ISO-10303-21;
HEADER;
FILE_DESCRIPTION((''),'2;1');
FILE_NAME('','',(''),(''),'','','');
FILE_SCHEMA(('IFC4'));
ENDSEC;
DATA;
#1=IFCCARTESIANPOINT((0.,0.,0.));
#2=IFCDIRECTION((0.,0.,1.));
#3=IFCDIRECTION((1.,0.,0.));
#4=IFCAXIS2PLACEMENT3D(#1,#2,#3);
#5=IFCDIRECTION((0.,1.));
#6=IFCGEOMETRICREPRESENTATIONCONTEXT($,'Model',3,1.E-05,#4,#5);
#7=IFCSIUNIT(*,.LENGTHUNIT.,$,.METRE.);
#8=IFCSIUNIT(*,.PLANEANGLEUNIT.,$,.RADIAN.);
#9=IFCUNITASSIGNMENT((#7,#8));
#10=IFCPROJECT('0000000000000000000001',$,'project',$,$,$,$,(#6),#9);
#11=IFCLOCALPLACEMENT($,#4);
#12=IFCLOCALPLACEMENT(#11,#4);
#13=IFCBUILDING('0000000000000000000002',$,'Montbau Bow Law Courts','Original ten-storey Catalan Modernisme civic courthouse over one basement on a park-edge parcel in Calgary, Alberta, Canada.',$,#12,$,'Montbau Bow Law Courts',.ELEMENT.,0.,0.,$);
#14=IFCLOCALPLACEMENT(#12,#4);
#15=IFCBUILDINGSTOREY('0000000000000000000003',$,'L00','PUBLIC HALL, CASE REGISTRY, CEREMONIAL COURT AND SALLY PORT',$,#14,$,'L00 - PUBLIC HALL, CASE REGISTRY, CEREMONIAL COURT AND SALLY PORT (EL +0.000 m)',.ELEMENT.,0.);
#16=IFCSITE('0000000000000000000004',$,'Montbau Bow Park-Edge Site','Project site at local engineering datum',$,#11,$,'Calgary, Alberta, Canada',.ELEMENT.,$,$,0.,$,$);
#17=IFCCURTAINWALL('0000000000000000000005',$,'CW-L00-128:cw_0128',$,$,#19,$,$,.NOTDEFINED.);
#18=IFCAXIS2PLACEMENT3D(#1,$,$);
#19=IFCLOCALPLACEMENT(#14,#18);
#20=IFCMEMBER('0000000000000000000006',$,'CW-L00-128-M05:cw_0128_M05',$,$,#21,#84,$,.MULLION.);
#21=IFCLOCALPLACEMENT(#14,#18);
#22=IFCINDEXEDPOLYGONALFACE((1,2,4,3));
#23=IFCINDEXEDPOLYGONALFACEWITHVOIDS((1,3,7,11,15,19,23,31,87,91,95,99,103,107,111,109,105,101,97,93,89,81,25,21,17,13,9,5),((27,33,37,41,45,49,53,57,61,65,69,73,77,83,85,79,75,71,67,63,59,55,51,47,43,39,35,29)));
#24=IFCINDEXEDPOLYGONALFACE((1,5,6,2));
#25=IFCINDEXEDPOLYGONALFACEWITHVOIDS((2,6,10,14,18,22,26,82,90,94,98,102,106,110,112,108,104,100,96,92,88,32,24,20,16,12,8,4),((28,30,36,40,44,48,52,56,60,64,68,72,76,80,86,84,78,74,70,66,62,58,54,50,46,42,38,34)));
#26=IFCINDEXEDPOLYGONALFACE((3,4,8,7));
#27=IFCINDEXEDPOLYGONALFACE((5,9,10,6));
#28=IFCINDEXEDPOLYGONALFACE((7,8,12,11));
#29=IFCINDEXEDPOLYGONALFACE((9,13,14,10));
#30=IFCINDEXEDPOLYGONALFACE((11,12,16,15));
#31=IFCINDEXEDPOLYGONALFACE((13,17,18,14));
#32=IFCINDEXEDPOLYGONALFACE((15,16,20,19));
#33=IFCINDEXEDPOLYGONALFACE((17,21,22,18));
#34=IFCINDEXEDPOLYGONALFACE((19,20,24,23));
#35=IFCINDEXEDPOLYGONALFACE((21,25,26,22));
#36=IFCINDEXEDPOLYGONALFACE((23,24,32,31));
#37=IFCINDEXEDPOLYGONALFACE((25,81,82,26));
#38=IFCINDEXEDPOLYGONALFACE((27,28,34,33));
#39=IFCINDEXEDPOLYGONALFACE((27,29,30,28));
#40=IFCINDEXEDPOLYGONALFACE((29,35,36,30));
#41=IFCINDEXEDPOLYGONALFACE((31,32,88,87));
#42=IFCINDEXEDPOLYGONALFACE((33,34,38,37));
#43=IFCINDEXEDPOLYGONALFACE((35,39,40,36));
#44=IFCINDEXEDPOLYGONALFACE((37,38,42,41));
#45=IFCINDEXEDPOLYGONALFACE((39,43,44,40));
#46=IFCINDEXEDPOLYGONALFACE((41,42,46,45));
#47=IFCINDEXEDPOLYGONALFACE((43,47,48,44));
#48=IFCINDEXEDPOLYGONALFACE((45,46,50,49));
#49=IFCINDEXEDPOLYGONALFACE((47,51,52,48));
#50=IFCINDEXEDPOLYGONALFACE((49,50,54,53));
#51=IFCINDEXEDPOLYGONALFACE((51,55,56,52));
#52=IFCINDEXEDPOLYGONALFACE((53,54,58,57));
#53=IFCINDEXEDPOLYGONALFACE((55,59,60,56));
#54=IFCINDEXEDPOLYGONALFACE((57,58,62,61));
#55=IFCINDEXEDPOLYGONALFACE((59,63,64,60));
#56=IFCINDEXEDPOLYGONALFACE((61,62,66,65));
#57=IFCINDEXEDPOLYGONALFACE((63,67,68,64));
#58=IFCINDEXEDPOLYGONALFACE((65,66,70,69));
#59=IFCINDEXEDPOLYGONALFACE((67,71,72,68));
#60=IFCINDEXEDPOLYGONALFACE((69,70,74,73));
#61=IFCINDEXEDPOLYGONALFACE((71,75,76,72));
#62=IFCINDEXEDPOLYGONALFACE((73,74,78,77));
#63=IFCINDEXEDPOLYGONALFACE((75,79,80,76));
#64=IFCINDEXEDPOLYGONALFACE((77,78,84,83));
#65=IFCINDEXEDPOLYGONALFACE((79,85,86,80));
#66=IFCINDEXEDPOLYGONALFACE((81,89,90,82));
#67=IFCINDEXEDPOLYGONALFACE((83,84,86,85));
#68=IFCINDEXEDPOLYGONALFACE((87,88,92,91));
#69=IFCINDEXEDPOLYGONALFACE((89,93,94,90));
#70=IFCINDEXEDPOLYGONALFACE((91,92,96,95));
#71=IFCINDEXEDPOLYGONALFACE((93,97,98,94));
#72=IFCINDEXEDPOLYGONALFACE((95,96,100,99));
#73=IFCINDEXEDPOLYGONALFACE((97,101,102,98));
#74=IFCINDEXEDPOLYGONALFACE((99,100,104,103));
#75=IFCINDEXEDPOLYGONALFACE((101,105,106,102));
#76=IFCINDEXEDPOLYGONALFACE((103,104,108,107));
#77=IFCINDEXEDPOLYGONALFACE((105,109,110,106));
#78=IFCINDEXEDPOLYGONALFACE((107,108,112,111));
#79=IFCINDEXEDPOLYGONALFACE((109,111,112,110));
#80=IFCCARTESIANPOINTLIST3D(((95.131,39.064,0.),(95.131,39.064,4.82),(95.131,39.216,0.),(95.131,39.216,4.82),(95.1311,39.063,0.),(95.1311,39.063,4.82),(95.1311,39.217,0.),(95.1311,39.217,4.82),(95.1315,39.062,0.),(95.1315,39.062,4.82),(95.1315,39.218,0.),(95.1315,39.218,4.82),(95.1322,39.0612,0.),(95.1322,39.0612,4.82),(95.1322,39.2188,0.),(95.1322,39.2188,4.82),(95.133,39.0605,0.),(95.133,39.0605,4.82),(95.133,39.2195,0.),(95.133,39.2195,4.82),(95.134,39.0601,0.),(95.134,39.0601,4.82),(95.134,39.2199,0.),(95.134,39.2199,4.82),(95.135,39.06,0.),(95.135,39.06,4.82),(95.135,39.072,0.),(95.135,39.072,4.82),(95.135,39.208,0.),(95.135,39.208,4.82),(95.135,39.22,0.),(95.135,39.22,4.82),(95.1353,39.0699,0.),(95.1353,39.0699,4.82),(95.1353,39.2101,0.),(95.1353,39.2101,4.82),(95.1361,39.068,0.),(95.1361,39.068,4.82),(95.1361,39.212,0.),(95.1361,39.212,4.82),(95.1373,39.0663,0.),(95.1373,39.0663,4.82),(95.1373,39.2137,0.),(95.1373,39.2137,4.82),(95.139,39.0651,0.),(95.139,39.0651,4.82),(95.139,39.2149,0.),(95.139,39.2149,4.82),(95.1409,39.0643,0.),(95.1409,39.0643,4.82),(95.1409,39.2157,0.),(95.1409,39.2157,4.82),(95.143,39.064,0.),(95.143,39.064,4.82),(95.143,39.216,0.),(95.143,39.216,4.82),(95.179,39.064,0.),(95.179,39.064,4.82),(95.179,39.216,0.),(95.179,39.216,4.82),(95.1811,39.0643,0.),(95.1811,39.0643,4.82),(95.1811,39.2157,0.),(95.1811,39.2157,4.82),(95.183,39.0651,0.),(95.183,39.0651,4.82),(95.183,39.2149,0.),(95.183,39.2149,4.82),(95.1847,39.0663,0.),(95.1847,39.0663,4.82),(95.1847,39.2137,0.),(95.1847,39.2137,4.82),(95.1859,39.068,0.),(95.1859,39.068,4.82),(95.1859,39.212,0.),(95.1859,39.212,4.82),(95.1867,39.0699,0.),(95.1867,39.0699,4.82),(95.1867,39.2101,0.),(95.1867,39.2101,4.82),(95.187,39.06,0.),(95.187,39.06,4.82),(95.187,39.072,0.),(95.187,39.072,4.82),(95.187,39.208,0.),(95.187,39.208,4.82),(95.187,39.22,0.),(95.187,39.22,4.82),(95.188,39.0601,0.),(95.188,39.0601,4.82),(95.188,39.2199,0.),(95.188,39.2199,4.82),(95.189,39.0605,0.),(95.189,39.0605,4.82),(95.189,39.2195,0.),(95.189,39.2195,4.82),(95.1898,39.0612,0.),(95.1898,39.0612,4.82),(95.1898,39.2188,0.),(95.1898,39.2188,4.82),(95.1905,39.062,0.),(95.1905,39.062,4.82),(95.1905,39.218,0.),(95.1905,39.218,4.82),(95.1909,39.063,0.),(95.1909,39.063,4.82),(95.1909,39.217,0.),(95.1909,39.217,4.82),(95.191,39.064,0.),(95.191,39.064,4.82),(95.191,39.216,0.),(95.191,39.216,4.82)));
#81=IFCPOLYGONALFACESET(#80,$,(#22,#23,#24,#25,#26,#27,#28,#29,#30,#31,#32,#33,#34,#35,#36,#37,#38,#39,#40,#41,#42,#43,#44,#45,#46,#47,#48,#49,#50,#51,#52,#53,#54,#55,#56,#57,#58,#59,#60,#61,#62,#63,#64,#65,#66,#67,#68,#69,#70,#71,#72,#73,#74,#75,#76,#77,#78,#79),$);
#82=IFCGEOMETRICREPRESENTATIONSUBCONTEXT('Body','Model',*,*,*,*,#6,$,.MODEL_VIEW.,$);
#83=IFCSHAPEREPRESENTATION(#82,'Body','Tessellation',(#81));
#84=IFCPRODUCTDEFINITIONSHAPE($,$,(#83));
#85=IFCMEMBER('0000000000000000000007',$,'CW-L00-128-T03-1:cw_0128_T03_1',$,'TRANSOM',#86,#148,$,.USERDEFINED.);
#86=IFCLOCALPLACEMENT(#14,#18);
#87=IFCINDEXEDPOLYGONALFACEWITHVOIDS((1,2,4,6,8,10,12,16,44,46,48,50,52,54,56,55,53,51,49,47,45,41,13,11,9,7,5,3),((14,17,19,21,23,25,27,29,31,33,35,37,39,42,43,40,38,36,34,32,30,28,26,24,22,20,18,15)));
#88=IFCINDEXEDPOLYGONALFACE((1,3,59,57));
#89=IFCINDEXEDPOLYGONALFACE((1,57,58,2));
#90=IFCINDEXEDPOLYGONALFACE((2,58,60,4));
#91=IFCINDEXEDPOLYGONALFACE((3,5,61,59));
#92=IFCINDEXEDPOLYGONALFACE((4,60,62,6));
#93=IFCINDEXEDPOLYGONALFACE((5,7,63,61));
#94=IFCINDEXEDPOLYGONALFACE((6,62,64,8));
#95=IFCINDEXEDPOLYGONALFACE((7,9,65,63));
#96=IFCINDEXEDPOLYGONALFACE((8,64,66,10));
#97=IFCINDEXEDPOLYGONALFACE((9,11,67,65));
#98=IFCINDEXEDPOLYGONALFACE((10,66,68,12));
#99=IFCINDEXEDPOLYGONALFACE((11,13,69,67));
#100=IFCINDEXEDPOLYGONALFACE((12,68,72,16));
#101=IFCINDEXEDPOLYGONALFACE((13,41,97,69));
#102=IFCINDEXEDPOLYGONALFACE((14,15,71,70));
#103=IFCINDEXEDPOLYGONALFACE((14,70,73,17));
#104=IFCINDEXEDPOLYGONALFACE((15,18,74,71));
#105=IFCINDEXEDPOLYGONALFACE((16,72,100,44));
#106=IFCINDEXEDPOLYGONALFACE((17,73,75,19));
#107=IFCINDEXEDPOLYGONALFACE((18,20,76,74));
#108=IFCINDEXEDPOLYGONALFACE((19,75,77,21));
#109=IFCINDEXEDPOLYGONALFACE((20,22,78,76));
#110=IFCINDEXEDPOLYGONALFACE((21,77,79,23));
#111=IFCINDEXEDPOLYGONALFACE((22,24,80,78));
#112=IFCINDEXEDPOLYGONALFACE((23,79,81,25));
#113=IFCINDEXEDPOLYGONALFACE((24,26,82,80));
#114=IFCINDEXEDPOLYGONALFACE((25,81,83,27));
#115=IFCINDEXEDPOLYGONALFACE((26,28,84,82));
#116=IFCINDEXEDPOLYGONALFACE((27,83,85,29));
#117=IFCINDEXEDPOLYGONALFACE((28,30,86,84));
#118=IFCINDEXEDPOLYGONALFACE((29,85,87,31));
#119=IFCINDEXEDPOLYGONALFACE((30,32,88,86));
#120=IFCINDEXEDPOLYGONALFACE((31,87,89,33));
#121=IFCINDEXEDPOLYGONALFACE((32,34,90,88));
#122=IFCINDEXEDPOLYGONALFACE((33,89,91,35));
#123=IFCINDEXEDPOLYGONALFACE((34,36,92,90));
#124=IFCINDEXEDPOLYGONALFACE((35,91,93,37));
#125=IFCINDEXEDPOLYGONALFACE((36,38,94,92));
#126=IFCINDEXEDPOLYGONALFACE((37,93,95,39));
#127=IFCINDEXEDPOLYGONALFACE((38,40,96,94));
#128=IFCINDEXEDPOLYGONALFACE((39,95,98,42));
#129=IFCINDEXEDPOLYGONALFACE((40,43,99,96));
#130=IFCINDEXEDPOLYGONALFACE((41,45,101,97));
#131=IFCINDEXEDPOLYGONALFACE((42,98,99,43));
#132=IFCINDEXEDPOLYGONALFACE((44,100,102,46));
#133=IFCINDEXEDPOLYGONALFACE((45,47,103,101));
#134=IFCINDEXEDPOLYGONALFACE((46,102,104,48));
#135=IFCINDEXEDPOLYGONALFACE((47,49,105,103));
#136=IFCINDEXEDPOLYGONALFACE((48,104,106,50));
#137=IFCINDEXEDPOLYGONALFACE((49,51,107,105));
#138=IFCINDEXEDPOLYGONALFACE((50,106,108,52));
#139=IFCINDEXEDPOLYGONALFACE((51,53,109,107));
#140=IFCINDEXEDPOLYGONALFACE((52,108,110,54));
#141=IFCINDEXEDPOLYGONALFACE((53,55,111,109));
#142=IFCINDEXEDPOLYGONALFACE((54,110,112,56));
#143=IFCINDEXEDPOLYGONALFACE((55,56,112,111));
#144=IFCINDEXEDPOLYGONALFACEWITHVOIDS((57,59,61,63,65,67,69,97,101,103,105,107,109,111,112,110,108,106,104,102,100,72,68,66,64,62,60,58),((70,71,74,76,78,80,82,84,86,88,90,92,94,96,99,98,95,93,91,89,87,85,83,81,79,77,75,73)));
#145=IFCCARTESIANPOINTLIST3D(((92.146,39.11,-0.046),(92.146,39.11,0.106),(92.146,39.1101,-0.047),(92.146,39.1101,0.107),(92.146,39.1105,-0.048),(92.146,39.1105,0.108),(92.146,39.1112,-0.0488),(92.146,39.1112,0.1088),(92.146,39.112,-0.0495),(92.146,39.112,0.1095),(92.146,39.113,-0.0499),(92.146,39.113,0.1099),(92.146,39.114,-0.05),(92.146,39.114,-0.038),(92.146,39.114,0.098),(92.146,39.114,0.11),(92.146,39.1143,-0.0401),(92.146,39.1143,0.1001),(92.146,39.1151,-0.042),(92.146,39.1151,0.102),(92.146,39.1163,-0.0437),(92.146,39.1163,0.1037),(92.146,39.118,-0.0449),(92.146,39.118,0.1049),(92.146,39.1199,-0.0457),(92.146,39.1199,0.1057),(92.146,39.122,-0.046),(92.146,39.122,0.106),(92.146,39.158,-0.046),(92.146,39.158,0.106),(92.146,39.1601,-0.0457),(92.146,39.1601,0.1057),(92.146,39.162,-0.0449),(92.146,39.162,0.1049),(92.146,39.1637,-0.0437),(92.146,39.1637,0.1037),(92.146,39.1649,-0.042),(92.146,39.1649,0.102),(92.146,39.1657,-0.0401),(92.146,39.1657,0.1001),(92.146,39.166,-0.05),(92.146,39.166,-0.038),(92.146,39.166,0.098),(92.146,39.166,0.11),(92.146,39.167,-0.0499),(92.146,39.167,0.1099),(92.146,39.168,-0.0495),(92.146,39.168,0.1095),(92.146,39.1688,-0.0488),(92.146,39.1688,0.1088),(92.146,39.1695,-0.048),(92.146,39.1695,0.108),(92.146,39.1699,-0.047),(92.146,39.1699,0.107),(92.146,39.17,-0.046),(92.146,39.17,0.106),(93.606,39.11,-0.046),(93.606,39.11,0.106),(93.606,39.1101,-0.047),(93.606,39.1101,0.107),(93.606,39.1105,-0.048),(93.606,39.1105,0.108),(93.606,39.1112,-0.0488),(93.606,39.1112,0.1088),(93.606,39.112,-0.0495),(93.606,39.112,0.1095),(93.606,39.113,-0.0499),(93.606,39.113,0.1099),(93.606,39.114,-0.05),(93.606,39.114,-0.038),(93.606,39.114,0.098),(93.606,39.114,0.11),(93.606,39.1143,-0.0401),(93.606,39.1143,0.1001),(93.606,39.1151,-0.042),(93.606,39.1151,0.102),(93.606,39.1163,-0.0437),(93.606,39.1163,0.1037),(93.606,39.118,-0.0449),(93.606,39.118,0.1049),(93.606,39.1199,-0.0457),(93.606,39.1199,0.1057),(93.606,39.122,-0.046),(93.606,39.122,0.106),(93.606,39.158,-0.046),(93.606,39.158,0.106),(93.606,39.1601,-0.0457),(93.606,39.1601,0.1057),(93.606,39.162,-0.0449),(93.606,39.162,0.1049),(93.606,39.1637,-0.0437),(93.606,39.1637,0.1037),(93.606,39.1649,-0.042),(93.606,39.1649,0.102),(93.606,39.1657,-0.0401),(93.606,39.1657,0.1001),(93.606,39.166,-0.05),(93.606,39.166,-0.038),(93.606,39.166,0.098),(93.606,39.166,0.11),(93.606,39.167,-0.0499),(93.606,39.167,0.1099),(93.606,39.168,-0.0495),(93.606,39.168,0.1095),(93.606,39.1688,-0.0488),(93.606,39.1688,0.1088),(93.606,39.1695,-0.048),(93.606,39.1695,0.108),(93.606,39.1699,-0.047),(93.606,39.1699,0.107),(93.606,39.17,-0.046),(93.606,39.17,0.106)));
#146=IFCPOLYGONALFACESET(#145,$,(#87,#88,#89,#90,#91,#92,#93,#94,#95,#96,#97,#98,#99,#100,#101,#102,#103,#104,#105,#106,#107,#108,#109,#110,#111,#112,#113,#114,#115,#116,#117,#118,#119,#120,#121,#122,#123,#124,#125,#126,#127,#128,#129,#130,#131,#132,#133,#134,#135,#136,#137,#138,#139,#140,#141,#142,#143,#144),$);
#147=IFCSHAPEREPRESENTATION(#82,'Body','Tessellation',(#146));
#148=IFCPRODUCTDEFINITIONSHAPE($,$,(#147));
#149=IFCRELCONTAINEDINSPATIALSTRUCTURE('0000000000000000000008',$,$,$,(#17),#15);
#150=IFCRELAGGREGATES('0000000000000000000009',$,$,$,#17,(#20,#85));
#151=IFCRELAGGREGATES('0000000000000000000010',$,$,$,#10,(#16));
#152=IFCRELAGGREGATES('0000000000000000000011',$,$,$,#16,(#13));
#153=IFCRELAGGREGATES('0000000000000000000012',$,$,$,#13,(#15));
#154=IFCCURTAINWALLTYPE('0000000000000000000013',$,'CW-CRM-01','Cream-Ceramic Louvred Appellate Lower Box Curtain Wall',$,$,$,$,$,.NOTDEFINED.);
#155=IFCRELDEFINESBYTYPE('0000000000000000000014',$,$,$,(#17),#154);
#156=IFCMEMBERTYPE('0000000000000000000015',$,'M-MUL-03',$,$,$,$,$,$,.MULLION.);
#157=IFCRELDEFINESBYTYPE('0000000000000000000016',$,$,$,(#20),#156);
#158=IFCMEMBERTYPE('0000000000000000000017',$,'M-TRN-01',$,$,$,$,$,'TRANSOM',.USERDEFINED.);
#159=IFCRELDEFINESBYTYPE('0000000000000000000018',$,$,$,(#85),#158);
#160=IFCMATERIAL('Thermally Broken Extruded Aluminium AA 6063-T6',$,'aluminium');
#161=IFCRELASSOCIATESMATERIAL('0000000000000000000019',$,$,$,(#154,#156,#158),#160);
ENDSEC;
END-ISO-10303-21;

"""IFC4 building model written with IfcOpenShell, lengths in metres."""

from ifc_helpers import new_model, si_unit, direction, frame, origin_with_axes, origin_2d_with_axis, place, context, subcontext, project, spatial, hollow_rectangle, extrude, material, material_profile, profile_set, type_object, element, aggregate, save


model = new_model("IFC4")

# Units and contexts
model_context = context("Model", 3, precision=1e-05, world=origin_with_axes(), true_north=direction((0.0, 1.0)))
body_context = subcontext(model_context, "Body", "Model", "MODEL_VIEW")
ifc_project = project(units=[si_unit("LENGTHUNIT", "METRE"), si_unit("PLANEANGLEUNIT", "RADIAN")], contexts=[model_context])

# Site, building, storey
site_placement = place(None, origin_with_axes())
site = spatial("IfcSite", under=ifc_project, at=site_placement, Name="Montbau Bow Park-Edge Site", Description="Project site at local engineering datum", LongName="Calgary, Alberta, Canada", CompositionType="ELEMENT", RefElevation=0.0)
building_placement = place(site_placement, origin_with_axes())
building = spatial("IfcBuilding", under=site, at=building_placement, Name="Montbau Bow Law Courts", Description="Original ten-storey Catalan Modernisme civic courthouse over one basement on a park-edge parcel in Calgary, Alberta, Canada.", LongName="Montbau Bow Law Courts", CompositionType="ELEMENT", ElevationOfRefHeight=0.0, ElevationOfTerrain=0.0)
storey_placement = place(building_placement, origin_with_axes())
storey = spatial("IfcBuildingStorey", under=building, at=storey_placement, Name="L00", Description="PUBLIC HALL, CASE REGISTRY, CEREMONIAL COURT AND SALLY PORT", LongName="L00 - PUBLIC HALL, CASE REGISTRY, CEREMONIAL COURT AND SALLY PORT (EL +0.000 m)", CompositionType="ELEMENT", Elevation=0.0)

# Curtain wall, members
ifc_material_1 = material(Name="Thermally Broken Extruded Aluminium AA 6063-T6", Category="aluminium")
curtain_wall_type = type_object("IfcCurtainWallType", Name="CW-CRM-01", Description="Cream-Ceramic Louvred Appellate Lower Box Curtain Wall", PredefinedType="NOTDEFINED", material=ifc_material_1)
curtain_wall_placement = place(None, frame((89.067, 39.14, 0.0), z_axis=(0.0, 0.0, 1.0), x_axis=(1.0, 0.0, 0.0)))
curtain_wall = element("IfcCurtainWall", 1, at=curtain_wall_placement, inside=storey, type_object=curtain_wall_type, Name="CW-L00-128:cw_0128", PredefinedType="NOTDEFINED")
ifc_material_profile_1 = material_profile(ifc_material_1, hollow_rectangle(XDim=0.06, YDim=0.16, WallThickness=0.004, InnerFilletRadius=0.008, OuterFilletRadius=0.004, at=origin_2d_with_axis()), Name="CWM-160X60", Category="Main", Priority=0)
ifc_profile_set_1 = profile_set([ifc_material_profile_1], Name="Thermally Broken Extruded Aluminium AA 6063-T6")
member_type_1 = type_object("IfcMemberType", Name="M-MUL-03", PredefinedType="MULLION", material=ifc_profile_set_1)
member_1_placement = place(None, frame((95.161, 39.14, 0.0), z_axis=(0.0, 0.0, 1.0), x_axis=(1.0, 0.0, 0.0)))
member_1 = element("IfcMember", 2, at=member_1_placement, type_object=member_type_1, Name="CW-L00-128-M05:cw_0128_M05", PredefinedType="MULLION", context=body_context, shape_type="SweptSolid", body=[
    extrude(hollow_rectangle(XDim=0.06, YDim=0.16, WallThickness=0.004, InnerFilletRadius=0.008, OuterFilletRadius=0.004, at=origin_2d_with_axis()), origin_with_axes(), (0.0, 0.0, 1.0), 4.82),
])
ifc_material_profile_2 = material_profile(ifc_material_1, hollow_rectangle(XDim=0.06, YDim=0.16, WallThickness=0.004, InnerFilletRadius=0.008, OuterFilletRadius=0.004, at=origin_2d_with_axis()), Name="CWT-160X60", Category="Main", Priority=0)
ifc_profile_set_2 = profile_set([ifc_material_profile_2], Name="Thermally Broken Extruded Aluminium AA 6063-T6")
member_type_2 = type_object("IfcMemberType", Name="M-TRN-01", ElementType="TRANSOM", PredefinedType="USERDEFINED", material=ifc_profile_set_2)
member_2_placement = place(None, frame((92.146, 39.14, 0.03), z_axis=(1.0, 0.0, 0.0), x_axis=(0.0, 1.0, 0.0)))
member_2 = element("IfcMember", 3, at=member_2_placement, type_object=member_type_2, Name="CW-L00-128-T03-1:cw_0128_T03_1", ObjectType="TRANSOM", PredefinedType="USERDEFINED", context=body_context, shape_type="SweptSolid", body=[
    extrude(hollow_rectangle(XDim=0.06, YDim=0.16, WallThickness=0.004, InnerFilletRadius=0.008, OuterFilletRadius=0.004, at=origin_2d_with_axis()), origin_with_axes(), (0.0, 0.0, 1.0), 1.46),
])
aggregate(curtain_wall, [member_1, member_2])

save(model, "model.ifc")
